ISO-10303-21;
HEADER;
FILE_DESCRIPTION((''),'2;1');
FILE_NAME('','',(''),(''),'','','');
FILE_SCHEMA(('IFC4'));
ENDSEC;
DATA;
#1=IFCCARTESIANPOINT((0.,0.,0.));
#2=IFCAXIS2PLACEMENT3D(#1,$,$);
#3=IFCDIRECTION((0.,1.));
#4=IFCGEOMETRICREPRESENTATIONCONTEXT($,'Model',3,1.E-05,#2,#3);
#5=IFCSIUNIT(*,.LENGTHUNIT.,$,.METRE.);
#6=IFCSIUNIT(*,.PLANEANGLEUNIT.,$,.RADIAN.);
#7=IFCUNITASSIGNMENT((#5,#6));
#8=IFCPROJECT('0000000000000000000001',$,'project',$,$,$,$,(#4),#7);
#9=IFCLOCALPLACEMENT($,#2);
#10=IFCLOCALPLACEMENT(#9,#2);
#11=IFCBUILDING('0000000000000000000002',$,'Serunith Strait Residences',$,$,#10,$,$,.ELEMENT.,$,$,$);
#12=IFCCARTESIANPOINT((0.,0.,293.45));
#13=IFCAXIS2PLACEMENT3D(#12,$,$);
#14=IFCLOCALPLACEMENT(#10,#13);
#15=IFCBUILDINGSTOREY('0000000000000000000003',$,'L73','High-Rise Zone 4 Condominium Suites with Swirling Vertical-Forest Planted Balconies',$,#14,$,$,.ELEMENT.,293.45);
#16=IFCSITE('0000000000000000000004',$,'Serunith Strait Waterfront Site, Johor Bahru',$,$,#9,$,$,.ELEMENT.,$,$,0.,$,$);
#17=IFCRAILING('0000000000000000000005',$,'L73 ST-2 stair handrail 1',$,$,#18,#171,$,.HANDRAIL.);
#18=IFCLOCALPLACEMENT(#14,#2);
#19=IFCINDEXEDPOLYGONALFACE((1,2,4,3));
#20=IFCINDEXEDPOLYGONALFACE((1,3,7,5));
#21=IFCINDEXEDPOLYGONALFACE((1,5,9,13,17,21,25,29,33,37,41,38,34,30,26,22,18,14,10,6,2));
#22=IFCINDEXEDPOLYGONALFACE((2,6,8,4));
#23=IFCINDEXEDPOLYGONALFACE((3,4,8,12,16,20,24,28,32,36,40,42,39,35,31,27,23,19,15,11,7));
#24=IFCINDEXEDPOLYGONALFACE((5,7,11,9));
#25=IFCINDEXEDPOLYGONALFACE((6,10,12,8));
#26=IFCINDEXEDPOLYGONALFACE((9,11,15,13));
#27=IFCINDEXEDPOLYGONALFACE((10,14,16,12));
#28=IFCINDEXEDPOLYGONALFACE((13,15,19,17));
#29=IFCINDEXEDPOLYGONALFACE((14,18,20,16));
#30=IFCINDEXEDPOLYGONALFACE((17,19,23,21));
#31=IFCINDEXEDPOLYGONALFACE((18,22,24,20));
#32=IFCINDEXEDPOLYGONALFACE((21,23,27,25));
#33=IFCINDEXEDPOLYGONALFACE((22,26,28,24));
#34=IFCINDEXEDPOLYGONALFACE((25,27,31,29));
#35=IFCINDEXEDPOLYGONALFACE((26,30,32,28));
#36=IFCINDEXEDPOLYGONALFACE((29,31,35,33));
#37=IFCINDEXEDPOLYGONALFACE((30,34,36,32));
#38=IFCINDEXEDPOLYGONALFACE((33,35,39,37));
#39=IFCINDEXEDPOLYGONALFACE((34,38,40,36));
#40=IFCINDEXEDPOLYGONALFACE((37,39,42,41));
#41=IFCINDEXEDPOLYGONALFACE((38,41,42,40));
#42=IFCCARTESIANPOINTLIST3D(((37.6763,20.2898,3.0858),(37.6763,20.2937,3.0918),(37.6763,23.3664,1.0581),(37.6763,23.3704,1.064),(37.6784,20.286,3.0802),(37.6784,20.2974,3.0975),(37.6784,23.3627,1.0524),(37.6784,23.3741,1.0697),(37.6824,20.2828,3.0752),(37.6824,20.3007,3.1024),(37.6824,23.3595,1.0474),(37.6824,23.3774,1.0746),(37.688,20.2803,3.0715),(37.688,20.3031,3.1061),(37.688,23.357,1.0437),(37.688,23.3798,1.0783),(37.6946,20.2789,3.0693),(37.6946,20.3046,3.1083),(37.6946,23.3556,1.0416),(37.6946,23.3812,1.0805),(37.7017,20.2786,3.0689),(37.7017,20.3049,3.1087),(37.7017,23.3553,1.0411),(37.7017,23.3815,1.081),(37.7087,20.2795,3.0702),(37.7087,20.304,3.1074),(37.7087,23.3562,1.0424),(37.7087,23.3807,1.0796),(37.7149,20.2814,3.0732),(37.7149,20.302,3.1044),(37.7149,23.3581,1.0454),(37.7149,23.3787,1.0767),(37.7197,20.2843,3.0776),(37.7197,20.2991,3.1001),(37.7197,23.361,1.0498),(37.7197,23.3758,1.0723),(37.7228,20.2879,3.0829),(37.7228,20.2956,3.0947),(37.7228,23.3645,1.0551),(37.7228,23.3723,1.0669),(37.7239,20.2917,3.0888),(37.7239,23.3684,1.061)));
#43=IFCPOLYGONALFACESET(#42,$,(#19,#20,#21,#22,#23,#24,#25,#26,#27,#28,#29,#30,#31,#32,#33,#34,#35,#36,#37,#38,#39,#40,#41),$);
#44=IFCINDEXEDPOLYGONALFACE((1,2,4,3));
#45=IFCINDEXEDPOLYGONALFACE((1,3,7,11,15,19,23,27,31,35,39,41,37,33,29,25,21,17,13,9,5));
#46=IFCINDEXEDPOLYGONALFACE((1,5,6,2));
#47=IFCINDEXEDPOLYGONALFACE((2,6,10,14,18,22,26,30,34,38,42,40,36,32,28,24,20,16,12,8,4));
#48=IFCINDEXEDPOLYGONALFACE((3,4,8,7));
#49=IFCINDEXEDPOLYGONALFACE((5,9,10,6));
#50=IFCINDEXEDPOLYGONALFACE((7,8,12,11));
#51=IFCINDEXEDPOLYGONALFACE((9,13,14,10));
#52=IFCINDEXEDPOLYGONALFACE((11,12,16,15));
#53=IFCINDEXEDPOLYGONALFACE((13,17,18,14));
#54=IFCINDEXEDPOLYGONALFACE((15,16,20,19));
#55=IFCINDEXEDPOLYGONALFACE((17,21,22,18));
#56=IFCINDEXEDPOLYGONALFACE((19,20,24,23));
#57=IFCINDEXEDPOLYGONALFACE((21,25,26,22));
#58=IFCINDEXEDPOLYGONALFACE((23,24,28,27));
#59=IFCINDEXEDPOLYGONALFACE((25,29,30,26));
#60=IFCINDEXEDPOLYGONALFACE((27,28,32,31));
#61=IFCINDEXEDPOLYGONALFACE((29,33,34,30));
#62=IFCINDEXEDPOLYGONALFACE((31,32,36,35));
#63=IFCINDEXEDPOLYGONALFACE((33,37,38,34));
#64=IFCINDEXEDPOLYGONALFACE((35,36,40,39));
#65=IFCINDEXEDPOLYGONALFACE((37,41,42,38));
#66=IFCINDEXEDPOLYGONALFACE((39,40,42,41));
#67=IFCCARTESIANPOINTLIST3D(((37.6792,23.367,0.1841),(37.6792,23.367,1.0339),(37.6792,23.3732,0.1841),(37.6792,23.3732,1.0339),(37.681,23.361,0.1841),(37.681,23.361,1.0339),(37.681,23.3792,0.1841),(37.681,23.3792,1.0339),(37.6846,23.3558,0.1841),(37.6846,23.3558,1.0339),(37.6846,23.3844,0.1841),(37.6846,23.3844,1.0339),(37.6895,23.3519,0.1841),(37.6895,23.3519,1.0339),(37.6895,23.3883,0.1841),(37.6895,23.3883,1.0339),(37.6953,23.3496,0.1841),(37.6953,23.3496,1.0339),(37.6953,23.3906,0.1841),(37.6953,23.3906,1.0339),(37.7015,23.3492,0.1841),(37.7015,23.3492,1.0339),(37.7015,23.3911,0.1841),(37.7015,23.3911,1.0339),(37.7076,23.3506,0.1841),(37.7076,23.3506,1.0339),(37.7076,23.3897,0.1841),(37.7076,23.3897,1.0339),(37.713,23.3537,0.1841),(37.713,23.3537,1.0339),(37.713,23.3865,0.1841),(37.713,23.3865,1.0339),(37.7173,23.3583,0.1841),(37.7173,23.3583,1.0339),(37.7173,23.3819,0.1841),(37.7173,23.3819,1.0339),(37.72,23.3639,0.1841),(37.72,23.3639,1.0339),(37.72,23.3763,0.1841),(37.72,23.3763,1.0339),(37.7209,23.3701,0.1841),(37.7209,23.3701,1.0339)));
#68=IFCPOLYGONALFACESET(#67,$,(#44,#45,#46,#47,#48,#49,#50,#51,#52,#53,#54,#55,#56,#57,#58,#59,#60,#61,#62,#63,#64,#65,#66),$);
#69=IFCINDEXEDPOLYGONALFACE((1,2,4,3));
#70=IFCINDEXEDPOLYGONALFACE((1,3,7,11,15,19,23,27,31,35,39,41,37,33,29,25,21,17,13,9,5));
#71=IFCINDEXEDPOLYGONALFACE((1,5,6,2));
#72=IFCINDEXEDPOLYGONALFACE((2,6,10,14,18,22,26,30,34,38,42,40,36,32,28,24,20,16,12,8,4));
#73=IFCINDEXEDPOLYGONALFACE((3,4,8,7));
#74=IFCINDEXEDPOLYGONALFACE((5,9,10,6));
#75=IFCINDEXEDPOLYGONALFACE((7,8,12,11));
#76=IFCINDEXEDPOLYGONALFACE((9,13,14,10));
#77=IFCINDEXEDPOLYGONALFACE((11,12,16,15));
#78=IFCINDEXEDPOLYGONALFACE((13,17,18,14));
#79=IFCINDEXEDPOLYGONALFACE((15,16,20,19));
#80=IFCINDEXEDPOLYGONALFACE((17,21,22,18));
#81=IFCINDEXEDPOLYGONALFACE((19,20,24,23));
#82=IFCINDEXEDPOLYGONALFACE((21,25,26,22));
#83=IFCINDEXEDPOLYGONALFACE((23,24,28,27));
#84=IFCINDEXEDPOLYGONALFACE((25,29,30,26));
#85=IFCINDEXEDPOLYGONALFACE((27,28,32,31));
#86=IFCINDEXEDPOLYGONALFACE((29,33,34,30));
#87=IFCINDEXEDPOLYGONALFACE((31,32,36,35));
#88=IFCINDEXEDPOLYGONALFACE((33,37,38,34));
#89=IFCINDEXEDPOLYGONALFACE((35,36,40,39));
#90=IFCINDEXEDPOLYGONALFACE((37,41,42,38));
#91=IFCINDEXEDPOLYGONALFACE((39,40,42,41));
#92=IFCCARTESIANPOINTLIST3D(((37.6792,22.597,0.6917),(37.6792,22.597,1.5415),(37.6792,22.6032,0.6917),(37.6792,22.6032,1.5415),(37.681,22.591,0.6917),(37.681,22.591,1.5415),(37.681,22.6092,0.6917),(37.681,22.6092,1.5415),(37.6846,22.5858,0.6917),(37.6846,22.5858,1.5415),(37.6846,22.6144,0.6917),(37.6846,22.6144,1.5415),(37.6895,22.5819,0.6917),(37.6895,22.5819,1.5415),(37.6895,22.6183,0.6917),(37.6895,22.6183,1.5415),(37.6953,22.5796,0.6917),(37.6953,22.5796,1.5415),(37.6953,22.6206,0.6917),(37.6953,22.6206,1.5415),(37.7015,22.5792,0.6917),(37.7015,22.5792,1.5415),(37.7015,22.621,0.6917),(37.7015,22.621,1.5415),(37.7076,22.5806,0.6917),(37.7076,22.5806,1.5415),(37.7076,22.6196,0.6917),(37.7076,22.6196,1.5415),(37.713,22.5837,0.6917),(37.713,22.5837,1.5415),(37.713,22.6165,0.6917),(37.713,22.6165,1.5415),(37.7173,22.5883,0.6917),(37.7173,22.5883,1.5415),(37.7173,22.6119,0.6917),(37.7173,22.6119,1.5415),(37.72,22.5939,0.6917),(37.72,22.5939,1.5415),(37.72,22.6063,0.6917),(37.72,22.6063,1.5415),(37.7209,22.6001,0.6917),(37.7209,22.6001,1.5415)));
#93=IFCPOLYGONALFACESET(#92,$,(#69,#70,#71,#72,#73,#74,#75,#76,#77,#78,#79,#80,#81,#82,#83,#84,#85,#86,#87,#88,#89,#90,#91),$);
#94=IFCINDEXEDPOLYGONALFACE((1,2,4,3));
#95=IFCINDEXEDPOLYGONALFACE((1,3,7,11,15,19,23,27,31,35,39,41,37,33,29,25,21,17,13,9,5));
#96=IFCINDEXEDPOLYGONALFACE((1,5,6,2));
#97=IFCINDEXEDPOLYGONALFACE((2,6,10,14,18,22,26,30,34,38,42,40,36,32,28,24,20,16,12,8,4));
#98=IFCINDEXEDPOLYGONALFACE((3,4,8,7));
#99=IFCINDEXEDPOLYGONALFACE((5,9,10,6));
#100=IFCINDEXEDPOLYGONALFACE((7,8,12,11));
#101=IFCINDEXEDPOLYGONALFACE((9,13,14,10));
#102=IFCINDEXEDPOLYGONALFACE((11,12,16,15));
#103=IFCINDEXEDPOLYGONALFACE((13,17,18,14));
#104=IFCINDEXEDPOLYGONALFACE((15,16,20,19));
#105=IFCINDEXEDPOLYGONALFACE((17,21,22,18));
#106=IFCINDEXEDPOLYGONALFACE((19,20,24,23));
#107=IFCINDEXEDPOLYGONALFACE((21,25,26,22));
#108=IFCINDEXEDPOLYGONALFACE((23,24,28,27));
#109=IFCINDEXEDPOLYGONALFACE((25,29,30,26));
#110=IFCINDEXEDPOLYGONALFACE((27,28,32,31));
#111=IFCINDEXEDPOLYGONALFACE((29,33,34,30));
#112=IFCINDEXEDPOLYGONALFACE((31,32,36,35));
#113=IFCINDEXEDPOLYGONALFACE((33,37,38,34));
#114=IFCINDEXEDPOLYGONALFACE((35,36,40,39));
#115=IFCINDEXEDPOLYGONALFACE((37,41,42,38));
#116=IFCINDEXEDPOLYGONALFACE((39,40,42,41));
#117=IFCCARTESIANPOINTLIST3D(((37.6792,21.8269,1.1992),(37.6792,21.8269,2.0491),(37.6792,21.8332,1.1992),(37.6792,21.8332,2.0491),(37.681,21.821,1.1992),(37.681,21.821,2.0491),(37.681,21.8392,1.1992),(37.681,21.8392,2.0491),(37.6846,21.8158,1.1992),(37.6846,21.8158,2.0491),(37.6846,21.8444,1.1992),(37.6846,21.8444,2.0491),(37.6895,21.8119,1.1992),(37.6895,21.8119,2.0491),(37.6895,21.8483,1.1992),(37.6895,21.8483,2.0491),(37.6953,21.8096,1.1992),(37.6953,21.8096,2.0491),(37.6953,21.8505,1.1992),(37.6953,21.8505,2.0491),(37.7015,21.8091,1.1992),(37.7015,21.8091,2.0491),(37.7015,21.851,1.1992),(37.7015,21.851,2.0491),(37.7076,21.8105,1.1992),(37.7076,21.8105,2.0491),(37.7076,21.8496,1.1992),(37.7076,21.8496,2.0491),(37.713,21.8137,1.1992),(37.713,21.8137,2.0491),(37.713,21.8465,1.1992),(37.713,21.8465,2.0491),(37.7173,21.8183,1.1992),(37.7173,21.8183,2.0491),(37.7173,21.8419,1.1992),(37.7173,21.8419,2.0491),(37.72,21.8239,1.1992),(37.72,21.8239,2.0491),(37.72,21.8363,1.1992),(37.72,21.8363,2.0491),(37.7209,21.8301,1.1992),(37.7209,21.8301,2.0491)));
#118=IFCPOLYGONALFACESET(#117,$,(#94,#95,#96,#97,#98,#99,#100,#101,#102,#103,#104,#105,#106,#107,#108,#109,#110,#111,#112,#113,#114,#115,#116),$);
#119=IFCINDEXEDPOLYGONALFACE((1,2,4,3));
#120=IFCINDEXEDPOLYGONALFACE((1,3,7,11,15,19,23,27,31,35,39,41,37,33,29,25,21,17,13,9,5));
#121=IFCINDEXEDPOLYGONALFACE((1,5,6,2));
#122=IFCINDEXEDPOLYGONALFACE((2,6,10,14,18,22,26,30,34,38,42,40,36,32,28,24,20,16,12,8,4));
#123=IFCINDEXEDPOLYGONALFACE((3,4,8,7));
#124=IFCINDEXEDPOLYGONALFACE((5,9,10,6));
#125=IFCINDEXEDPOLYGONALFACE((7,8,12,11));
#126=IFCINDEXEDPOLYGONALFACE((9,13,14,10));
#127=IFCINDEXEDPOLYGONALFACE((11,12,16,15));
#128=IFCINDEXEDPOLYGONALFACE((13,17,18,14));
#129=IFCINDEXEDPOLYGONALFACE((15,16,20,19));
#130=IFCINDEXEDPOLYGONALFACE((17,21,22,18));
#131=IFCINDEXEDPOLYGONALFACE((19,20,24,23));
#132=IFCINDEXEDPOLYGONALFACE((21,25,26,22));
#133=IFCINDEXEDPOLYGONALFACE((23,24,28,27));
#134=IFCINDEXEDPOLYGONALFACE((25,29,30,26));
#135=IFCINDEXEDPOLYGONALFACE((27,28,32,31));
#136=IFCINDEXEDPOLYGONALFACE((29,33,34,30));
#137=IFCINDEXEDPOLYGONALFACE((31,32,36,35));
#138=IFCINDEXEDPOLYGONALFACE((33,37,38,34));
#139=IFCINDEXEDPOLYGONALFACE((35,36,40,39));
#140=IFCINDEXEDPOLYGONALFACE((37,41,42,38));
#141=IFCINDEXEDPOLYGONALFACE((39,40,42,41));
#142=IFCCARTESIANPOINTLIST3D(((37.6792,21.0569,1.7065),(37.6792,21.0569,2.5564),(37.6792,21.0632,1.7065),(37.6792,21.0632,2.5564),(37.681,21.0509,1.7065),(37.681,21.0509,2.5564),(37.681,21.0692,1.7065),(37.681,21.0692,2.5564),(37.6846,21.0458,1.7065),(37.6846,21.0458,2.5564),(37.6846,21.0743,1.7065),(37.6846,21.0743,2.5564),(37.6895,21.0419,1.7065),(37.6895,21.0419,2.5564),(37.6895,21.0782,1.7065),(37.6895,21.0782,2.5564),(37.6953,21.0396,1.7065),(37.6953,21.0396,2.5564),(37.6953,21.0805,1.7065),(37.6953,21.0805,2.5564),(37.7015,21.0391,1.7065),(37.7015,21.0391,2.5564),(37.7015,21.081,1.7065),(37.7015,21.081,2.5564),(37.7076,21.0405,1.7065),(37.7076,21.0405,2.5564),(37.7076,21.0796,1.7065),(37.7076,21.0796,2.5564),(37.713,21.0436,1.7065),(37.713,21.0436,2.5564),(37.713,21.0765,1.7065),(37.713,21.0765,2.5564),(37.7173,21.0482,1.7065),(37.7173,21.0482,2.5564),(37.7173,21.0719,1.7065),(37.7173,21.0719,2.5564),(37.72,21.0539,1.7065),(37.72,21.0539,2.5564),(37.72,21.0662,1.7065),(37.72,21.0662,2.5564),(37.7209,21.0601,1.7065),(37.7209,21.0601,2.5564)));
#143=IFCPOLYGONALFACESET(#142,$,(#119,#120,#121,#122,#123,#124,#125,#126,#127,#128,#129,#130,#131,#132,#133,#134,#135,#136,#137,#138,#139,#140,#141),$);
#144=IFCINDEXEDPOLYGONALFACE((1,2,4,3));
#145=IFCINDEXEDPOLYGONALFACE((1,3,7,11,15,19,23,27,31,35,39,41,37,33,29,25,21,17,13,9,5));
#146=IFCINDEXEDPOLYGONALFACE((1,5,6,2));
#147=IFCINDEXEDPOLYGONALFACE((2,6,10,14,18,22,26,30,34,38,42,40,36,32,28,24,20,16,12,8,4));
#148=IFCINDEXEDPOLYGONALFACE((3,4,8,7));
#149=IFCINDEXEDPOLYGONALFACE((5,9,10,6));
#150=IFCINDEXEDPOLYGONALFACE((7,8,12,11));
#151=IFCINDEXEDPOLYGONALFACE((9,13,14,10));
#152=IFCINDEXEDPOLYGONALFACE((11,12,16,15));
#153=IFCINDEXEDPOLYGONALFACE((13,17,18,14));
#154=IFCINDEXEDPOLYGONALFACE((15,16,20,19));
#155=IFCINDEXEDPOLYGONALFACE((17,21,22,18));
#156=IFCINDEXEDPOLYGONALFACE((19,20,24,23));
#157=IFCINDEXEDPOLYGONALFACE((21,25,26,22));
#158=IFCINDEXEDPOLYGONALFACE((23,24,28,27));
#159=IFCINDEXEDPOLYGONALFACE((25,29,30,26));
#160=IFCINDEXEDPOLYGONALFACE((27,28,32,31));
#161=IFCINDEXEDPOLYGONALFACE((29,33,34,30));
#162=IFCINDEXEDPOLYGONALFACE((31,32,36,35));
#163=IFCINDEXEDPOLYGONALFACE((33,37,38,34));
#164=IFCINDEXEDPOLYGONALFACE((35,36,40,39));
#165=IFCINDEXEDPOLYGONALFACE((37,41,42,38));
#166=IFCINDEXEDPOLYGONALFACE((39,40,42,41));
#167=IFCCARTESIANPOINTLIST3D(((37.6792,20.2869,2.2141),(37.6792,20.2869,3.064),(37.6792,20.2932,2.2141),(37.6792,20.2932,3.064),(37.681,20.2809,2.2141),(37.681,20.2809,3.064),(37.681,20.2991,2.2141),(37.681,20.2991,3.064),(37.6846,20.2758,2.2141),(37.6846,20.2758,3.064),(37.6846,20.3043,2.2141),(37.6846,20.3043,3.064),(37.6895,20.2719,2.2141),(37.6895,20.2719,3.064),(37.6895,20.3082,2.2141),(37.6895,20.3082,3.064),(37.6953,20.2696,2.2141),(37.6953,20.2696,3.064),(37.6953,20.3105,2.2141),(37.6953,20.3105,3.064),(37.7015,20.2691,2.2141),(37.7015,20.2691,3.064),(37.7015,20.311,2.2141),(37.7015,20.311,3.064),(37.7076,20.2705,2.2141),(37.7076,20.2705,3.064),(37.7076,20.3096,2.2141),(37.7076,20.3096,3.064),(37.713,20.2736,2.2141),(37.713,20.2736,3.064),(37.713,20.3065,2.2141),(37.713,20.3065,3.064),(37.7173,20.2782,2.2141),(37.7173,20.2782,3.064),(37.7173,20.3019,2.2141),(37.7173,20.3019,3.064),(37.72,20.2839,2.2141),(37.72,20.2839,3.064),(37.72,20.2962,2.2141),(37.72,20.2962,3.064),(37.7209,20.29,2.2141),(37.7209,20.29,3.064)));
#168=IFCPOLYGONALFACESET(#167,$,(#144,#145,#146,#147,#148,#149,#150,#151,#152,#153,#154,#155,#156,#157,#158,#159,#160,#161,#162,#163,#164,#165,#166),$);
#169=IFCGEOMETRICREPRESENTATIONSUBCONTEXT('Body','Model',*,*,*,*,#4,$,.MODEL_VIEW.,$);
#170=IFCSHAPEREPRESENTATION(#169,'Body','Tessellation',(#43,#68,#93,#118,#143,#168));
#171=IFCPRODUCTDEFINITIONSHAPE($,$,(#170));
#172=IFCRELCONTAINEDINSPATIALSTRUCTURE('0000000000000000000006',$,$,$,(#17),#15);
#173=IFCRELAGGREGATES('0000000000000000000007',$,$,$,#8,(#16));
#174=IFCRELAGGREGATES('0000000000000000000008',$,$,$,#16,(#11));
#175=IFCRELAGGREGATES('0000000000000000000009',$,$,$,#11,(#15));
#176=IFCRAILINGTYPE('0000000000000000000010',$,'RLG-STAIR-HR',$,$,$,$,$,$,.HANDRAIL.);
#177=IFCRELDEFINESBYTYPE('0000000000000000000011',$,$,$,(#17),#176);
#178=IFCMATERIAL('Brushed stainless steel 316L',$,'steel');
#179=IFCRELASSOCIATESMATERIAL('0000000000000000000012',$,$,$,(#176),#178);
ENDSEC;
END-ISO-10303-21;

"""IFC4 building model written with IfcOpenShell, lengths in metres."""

from ifc_helpers import new_model, si_unit, direction, frame, origin, origin_2d, place, context, subcontext, project, spatial, circle, extrude, material, type_object, element, save


model = new_model("IFC4")

# Units and contexts
model_context = context("Model", 3, precision=1e-05, world=origin(), true_north=direction((0.0, 1.0)))
body_context = subcontext(model_context, "Body", "Model", "MODEL_VIEW")
ifc_project = project(units=[si_unit("LENGTHUNIT", "METRE"), si_unit("PLANEANGLEUNIT", "RADIAN")], contexts=[model_context])

# Site, building, storey
site_placement = place(None, origin())
site = spatial("IfcSite", under=ifc_project, at=site_placement, Name="Serunith Strait Waterfront Site, Johor Bahru", CompositionType="ELEMENT", RefElevation=0.0)
building_placement = place(site_placement, origin())
building = spatial("IfcBuilding", under=site, at=building_placement, Name="Serunith Strait Residences", CompositionType="ELEMENT")
storey_placement = place(building_placement, frame((0.0, 0.0, 293.45)))
storey = spatial("IfcBuildingStorey", under=building, at=storey_placement, Name="L73", Description="High-Rise Zone 4 Condominium Suites with Swirling Vertical-Forest Planted Balconies", CompositionType="ELEMENT", Elevation=293.45)

# Railing
ifc_material_1 = material(Name="Brushed stainless steel 316L", Category="steel")
railing_type_1 = type_object("IfcRailingType", Name="RLG-STAIR-HR", PredefinedType="HANDRAIL", material=ifc_material_1)
railing_1_placement = place(storey_placement, frame((37.7, 23.3701, 0.1841)))
element("IfcRailing", 1, at=railing_1_placement, inside=storey, type_object=railing_type_1, Name="L73 ST-2 stair handrail 1", PredefinedType="HANDRAIL", context=body_context, shape_type="SweptSolid", body=[
    extrude(circle(Radius=0.0239, at=origin_2d()), frame((0.0, -0.0017, 0.877), z_axis=(0.0, -0.834961, 0.550309), x_axis=(1.0, 0.0, 0.0)), (0.0, 0.0, 1.0), 3.6848),
    extrude(circle(Radius=0.021, at=origin_2d()), origin(), (0.0, 0.0, 1.0), 0.8499),
    extrude(circle(Radius=0.021, at=origin_2d()), frame((0.0, -0.77, 0.5076)), (0.0, 0.0, 1.0), 0.8499),
    extrude(circle(Radius=0.021, at=origin_2d()), frame((0.0, -1.54, 1.0151)), (0.0, 0.0, 1.0), 0.8499),
    extrude(circle(Radius=0.021, at=origin_2d()), frame((0.0, -2.3101, 1.5225)), (0.0, 0.0, 1.0), 0.8499),
    extrude(circle(Radius=0.021, at=origin_2d()), frame((0.0, -3.0801, 2.03)), (0.0, 0.0, 1.0), 0.8499),
])

save(model, "model.ifc")
